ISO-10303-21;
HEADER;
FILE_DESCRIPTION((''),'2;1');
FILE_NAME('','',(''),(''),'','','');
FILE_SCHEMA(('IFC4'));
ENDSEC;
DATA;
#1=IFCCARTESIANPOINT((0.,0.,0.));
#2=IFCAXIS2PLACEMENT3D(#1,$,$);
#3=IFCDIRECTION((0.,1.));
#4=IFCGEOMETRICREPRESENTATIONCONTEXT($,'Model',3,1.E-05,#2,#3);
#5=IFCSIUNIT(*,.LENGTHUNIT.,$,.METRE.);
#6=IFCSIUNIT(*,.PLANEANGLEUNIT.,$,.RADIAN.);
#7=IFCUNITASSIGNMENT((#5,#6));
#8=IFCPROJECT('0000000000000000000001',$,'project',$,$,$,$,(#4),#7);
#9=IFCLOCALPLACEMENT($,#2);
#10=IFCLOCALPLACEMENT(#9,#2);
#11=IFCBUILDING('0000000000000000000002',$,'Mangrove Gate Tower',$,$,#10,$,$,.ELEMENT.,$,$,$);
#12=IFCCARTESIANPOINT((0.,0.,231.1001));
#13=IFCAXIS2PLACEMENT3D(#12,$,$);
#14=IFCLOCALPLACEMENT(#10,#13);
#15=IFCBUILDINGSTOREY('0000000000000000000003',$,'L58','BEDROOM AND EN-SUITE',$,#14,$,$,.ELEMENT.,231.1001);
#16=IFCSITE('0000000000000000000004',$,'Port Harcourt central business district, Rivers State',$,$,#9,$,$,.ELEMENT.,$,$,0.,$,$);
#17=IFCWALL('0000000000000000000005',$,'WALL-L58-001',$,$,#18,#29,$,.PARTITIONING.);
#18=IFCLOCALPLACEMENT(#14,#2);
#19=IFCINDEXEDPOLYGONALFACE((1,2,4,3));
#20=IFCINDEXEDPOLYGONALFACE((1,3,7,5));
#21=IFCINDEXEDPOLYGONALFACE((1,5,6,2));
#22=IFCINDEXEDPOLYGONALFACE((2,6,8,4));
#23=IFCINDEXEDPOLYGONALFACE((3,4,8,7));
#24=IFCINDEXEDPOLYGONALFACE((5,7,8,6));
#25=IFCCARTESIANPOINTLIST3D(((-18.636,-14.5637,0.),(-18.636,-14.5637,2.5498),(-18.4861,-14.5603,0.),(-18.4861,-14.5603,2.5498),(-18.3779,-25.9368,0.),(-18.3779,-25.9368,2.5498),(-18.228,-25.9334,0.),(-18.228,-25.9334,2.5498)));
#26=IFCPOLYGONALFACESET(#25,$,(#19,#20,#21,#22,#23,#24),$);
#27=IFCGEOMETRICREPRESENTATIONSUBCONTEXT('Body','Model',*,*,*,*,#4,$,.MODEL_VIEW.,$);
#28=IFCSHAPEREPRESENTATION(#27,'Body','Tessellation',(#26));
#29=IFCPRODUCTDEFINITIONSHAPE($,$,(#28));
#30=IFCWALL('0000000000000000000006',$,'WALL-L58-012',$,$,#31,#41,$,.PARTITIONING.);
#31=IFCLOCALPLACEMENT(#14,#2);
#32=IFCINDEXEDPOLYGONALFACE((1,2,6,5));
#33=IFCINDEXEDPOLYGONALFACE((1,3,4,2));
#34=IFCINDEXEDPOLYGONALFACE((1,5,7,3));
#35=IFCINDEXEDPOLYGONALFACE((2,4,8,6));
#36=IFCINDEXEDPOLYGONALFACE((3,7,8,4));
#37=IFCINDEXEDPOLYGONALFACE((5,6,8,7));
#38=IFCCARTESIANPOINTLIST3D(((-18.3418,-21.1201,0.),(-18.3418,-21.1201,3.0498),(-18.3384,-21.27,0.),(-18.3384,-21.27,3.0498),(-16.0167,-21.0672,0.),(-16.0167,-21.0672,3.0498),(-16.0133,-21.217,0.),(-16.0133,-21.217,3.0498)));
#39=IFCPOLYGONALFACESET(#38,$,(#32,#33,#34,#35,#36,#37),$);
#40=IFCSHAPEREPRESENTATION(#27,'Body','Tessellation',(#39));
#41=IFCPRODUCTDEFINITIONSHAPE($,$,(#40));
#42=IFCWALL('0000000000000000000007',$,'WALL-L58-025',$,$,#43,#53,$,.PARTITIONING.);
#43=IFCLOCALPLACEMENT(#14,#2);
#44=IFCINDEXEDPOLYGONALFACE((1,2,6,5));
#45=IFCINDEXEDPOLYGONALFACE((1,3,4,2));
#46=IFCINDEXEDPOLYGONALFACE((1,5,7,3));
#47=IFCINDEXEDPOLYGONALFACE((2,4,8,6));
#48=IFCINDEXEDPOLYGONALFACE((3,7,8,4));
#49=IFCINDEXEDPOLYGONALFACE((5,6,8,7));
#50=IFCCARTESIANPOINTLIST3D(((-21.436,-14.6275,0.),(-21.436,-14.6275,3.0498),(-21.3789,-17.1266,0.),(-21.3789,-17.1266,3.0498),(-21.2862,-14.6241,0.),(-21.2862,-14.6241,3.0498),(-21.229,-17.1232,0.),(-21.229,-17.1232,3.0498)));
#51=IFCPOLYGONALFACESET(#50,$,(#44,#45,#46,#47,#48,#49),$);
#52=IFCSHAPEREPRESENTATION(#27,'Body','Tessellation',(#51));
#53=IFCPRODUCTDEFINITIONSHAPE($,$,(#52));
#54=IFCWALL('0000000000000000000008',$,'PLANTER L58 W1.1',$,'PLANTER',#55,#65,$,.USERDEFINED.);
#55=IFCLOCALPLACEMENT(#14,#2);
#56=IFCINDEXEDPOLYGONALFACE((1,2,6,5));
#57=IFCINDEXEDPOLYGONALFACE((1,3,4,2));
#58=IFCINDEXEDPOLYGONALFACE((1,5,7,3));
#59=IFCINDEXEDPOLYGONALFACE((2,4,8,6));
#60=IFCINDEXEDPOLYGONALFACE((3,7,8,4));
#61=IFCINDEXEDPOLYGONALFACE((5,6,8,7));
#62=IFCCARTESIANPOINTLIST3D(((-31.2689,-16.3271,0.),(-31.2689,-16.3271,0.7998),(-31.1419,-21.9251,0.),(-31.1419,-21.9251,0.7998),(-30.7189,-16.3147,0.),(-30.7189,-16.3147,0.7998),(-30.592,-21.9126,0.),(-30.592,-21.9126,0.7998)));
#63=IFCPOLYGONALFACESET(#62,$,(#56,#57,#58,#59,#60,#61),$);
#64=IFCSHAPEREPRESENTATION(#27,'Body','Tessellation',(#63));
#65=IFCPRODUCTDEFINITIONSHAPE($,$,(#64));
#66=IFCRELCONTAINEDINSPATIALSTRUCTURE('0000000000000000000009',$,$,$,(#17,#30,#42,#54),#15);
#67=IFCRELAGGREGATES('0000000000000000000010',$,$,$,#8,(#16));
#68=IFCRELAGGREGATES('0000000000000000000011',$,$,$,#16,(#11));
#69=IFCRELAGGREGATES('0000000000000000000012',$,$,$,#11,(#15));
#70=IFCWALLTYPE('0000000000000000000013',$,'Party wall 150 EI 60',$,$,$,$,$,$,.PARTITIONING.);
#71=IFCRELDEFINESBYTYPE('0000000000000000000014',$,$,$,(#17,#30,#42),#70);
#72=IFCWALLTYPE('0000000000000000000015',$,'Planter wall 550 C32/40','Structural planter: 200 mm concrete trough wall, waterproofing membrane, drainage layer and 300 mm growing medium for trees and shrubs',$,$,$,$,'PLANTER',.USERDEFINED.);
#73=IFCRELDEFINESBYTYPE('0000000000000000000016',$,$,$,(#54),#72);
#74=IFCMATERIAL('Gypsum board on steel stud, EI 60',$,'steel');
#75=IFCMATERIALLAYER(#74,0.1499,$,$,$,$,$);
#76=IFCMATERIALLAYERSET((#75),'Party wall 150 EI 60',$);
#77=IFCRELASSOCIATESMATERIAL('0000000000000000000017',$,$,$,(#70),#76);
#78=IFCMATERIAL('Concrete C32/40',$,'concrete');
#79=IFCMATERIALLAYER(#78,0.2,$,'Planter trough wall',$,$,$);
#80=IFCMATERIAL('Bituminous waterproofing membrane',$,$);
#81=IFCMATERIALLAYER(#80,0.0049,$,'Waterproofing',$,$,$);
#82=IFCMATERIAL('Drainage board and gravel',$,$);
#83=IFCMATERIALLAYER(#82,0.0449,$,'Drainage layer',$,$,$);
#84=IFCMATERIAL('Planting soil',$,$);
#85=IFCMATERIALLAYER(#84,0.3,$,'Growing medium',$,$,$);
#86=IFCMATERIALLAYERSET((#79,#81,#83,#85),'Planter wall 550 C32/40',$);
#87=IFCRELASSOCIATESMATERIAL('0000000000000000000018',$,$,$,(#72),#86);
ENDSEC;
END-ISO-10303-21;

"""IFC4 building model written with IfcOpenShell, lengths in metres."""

from ifc_helpers import new_model, si_unit, direction, frame, frame_2d, origin, place, context, subcontext, project, spatial, rectangle, extrude, material, layer, layer_set, type_object, element, save


model = new_model("IFC4")

# Units and contexts
model_context = context("Model", 3, precision=1e-05, world=origin(), true_north=direction((0.0, 1.0)))
body_context = subcontext(model_context, "Body", "Model", "MODEL_VIEW")
ifc_project = project(units=[si_unit("LENGTHUNIT", "METRE"), si_unit("PLANEANGLEUNIT", "RADIAN")], contexts=[model_context])

# Site, building, storey
site_placement = place(None, origin())
site = spatial("IfcSite", under=ifc_project, at=site_placement, Name="Port Harcourt central business district, Rivers State", CompositionType="ELEMENT", RefElevation=0.0)
building_placement = place(site_placement, origin())
building = spatial("IfcBuilding", under=site, at=building_placement, Name="Mangrove Gate Tower", CompositionType="ELEMENT")
storey_placement = place(building_placement, frame((0.0, 0.0, 231.1001)))
storey = spatial("IfcBuildingStorey", under=building, at=storey_placement, Name="L58", Description="BEDROOM AND EN-SUITE", CompositionType="ELEMENT", Elevation=231.1001)

# Walls
ifc_material_1 = material(Name="Gypsum board on steel stud, EI 60", Category="steel")
ifc_layer_1 = layer(ifc_material_1, 0.1499)
ifc_layer_set_1 = layer_set([ifc_layer_1], Name="Party wall 150 EI 60")
wall_type_1 = type_object("IfcWallType", Name="Party wall 150 EI 60", PredefinedType="PARTITIONING", material=ifc_layer_set_1)
wall_1_placement = place(storey_placement, frame((-18.303, -25.9351, 0.0), z_axis=(0.0, 0.0, 1.0), x_axis=(-0.022684, 0.999743, 0.0)))
element("IfcWall", 1, at=wall_1_placement, inside=storey, type_object=wall_type_1, Name="WALL-L58-001", PredefinedType="PARTITIONING", context=body_context, shape_type="SweptSolid", body=[
    extrude(rectangle(XDim=11.376, YDim=0.1499, at=frame_2d((5.688, 0.0))), origin(), (0.0, 0.0, 1.0), 2.5498),
])
wall_2_placement = place(storey_placement, frame((-18.3401, -21.1951, 0.0), z_axis=(0.0, 0.0, 1.0), x_axis=(0.999741, 0.022779, 0.0)))
element("IfcWall", 2, at=wall_2_placement, inside=storey, type_object=wall_type_1, Name="WALL-L58-012", PredefinedType="PARTITIONING", context=body_context, shape_type="SweptSolid", body=[
    extrude(rectangle(XDim=2.3257, YDim=0.1499, at=frame_2d((1.1628, 0.0))), origin(), (0.0, 0.0, 1.0), 3.0498),
])
wall_3_placement = place(storey_placement, frame((-21.304, -17.125, 0.0), z_axis=(0.0, 0.0, 1.0), x_axis=(-0.022855, 0.999739, 0.0)))
element("IfcWall", 3, at=wall_3_placement, inside=storey, type_object=wall_type_1, Name="WALL-L58-025", PredefinedType="PARTITIONING", context=body_context, shape_type="SweptSolid", body=[
    extrude(rectangle(XDim=2.4998, YDim=0.1499, at=frame_2d((1.25, 0.0))), origin(), (0.0, 0.0, 1.0), 3.0498),
])
ifc_material_2 = material(Name="Concrete C32/40", Category="concrete")
ifc_layer_2 = layer(ifc_material_2, 0.2, Name="Planter trough wall")
ifc_material_3 = material(Name="Bituminous waterproofing membrane")
ifc_layer_3 = layer(ifc_material_3, 0.0049, Name="Waterproofing")
ifc_material_4 = material(Name="Drainage board and gravel")
ifc_layer_4 = layer(ifc_material_4, 0.0449, Name="Drainage layer")
ifc_material_5 = material(Name="Planting soil")
ifc_layer_5 = layer(ifc_material_5, 0.3, Name="Growing medium")
ifc_layer_set_2 = layer_set([ifc_layer_2, ifc_layer_3, ifc_layer_4, ifc_layer_5], Name="Planter wall 550 C32/40")
wall_type_2 = type_object("IfcWallType", Name="Planter wall 550 C32/40", Description="Structural planter: 200 mm concrete trough wall, waterproofing membrane, drainage layer and 300 mm growing medium for trees and shrubs", ElementType="PLANTER", PredefinedType="USERDEFINED", material=ifc_layer_set_2)
wall_4_placement = place(storey_placement, frame((-30.8669, -21.9189, 0.0), z_axis=(0.0, 0.0, 1.0), x_axis=(-0.022673, 0.999743, 0.0)))
element("IfcWall", 4, at=wall_4_placement, inside=storey, type_object=wall_type_2, Name="PLANTER L58 W1.1", ObjectType="PLANTER", PredefinedType="USERDEFINED", context=body_context, shape_type="SweptSolid", body=[
    extrude(rectangle(XDim=5.5994, YDim=0.55, at=frame_2d((2.7998, 0.0))), origin(), (0.0, 0.0, 1.0), 0.7998),
])

save(model, "model.ifc")
